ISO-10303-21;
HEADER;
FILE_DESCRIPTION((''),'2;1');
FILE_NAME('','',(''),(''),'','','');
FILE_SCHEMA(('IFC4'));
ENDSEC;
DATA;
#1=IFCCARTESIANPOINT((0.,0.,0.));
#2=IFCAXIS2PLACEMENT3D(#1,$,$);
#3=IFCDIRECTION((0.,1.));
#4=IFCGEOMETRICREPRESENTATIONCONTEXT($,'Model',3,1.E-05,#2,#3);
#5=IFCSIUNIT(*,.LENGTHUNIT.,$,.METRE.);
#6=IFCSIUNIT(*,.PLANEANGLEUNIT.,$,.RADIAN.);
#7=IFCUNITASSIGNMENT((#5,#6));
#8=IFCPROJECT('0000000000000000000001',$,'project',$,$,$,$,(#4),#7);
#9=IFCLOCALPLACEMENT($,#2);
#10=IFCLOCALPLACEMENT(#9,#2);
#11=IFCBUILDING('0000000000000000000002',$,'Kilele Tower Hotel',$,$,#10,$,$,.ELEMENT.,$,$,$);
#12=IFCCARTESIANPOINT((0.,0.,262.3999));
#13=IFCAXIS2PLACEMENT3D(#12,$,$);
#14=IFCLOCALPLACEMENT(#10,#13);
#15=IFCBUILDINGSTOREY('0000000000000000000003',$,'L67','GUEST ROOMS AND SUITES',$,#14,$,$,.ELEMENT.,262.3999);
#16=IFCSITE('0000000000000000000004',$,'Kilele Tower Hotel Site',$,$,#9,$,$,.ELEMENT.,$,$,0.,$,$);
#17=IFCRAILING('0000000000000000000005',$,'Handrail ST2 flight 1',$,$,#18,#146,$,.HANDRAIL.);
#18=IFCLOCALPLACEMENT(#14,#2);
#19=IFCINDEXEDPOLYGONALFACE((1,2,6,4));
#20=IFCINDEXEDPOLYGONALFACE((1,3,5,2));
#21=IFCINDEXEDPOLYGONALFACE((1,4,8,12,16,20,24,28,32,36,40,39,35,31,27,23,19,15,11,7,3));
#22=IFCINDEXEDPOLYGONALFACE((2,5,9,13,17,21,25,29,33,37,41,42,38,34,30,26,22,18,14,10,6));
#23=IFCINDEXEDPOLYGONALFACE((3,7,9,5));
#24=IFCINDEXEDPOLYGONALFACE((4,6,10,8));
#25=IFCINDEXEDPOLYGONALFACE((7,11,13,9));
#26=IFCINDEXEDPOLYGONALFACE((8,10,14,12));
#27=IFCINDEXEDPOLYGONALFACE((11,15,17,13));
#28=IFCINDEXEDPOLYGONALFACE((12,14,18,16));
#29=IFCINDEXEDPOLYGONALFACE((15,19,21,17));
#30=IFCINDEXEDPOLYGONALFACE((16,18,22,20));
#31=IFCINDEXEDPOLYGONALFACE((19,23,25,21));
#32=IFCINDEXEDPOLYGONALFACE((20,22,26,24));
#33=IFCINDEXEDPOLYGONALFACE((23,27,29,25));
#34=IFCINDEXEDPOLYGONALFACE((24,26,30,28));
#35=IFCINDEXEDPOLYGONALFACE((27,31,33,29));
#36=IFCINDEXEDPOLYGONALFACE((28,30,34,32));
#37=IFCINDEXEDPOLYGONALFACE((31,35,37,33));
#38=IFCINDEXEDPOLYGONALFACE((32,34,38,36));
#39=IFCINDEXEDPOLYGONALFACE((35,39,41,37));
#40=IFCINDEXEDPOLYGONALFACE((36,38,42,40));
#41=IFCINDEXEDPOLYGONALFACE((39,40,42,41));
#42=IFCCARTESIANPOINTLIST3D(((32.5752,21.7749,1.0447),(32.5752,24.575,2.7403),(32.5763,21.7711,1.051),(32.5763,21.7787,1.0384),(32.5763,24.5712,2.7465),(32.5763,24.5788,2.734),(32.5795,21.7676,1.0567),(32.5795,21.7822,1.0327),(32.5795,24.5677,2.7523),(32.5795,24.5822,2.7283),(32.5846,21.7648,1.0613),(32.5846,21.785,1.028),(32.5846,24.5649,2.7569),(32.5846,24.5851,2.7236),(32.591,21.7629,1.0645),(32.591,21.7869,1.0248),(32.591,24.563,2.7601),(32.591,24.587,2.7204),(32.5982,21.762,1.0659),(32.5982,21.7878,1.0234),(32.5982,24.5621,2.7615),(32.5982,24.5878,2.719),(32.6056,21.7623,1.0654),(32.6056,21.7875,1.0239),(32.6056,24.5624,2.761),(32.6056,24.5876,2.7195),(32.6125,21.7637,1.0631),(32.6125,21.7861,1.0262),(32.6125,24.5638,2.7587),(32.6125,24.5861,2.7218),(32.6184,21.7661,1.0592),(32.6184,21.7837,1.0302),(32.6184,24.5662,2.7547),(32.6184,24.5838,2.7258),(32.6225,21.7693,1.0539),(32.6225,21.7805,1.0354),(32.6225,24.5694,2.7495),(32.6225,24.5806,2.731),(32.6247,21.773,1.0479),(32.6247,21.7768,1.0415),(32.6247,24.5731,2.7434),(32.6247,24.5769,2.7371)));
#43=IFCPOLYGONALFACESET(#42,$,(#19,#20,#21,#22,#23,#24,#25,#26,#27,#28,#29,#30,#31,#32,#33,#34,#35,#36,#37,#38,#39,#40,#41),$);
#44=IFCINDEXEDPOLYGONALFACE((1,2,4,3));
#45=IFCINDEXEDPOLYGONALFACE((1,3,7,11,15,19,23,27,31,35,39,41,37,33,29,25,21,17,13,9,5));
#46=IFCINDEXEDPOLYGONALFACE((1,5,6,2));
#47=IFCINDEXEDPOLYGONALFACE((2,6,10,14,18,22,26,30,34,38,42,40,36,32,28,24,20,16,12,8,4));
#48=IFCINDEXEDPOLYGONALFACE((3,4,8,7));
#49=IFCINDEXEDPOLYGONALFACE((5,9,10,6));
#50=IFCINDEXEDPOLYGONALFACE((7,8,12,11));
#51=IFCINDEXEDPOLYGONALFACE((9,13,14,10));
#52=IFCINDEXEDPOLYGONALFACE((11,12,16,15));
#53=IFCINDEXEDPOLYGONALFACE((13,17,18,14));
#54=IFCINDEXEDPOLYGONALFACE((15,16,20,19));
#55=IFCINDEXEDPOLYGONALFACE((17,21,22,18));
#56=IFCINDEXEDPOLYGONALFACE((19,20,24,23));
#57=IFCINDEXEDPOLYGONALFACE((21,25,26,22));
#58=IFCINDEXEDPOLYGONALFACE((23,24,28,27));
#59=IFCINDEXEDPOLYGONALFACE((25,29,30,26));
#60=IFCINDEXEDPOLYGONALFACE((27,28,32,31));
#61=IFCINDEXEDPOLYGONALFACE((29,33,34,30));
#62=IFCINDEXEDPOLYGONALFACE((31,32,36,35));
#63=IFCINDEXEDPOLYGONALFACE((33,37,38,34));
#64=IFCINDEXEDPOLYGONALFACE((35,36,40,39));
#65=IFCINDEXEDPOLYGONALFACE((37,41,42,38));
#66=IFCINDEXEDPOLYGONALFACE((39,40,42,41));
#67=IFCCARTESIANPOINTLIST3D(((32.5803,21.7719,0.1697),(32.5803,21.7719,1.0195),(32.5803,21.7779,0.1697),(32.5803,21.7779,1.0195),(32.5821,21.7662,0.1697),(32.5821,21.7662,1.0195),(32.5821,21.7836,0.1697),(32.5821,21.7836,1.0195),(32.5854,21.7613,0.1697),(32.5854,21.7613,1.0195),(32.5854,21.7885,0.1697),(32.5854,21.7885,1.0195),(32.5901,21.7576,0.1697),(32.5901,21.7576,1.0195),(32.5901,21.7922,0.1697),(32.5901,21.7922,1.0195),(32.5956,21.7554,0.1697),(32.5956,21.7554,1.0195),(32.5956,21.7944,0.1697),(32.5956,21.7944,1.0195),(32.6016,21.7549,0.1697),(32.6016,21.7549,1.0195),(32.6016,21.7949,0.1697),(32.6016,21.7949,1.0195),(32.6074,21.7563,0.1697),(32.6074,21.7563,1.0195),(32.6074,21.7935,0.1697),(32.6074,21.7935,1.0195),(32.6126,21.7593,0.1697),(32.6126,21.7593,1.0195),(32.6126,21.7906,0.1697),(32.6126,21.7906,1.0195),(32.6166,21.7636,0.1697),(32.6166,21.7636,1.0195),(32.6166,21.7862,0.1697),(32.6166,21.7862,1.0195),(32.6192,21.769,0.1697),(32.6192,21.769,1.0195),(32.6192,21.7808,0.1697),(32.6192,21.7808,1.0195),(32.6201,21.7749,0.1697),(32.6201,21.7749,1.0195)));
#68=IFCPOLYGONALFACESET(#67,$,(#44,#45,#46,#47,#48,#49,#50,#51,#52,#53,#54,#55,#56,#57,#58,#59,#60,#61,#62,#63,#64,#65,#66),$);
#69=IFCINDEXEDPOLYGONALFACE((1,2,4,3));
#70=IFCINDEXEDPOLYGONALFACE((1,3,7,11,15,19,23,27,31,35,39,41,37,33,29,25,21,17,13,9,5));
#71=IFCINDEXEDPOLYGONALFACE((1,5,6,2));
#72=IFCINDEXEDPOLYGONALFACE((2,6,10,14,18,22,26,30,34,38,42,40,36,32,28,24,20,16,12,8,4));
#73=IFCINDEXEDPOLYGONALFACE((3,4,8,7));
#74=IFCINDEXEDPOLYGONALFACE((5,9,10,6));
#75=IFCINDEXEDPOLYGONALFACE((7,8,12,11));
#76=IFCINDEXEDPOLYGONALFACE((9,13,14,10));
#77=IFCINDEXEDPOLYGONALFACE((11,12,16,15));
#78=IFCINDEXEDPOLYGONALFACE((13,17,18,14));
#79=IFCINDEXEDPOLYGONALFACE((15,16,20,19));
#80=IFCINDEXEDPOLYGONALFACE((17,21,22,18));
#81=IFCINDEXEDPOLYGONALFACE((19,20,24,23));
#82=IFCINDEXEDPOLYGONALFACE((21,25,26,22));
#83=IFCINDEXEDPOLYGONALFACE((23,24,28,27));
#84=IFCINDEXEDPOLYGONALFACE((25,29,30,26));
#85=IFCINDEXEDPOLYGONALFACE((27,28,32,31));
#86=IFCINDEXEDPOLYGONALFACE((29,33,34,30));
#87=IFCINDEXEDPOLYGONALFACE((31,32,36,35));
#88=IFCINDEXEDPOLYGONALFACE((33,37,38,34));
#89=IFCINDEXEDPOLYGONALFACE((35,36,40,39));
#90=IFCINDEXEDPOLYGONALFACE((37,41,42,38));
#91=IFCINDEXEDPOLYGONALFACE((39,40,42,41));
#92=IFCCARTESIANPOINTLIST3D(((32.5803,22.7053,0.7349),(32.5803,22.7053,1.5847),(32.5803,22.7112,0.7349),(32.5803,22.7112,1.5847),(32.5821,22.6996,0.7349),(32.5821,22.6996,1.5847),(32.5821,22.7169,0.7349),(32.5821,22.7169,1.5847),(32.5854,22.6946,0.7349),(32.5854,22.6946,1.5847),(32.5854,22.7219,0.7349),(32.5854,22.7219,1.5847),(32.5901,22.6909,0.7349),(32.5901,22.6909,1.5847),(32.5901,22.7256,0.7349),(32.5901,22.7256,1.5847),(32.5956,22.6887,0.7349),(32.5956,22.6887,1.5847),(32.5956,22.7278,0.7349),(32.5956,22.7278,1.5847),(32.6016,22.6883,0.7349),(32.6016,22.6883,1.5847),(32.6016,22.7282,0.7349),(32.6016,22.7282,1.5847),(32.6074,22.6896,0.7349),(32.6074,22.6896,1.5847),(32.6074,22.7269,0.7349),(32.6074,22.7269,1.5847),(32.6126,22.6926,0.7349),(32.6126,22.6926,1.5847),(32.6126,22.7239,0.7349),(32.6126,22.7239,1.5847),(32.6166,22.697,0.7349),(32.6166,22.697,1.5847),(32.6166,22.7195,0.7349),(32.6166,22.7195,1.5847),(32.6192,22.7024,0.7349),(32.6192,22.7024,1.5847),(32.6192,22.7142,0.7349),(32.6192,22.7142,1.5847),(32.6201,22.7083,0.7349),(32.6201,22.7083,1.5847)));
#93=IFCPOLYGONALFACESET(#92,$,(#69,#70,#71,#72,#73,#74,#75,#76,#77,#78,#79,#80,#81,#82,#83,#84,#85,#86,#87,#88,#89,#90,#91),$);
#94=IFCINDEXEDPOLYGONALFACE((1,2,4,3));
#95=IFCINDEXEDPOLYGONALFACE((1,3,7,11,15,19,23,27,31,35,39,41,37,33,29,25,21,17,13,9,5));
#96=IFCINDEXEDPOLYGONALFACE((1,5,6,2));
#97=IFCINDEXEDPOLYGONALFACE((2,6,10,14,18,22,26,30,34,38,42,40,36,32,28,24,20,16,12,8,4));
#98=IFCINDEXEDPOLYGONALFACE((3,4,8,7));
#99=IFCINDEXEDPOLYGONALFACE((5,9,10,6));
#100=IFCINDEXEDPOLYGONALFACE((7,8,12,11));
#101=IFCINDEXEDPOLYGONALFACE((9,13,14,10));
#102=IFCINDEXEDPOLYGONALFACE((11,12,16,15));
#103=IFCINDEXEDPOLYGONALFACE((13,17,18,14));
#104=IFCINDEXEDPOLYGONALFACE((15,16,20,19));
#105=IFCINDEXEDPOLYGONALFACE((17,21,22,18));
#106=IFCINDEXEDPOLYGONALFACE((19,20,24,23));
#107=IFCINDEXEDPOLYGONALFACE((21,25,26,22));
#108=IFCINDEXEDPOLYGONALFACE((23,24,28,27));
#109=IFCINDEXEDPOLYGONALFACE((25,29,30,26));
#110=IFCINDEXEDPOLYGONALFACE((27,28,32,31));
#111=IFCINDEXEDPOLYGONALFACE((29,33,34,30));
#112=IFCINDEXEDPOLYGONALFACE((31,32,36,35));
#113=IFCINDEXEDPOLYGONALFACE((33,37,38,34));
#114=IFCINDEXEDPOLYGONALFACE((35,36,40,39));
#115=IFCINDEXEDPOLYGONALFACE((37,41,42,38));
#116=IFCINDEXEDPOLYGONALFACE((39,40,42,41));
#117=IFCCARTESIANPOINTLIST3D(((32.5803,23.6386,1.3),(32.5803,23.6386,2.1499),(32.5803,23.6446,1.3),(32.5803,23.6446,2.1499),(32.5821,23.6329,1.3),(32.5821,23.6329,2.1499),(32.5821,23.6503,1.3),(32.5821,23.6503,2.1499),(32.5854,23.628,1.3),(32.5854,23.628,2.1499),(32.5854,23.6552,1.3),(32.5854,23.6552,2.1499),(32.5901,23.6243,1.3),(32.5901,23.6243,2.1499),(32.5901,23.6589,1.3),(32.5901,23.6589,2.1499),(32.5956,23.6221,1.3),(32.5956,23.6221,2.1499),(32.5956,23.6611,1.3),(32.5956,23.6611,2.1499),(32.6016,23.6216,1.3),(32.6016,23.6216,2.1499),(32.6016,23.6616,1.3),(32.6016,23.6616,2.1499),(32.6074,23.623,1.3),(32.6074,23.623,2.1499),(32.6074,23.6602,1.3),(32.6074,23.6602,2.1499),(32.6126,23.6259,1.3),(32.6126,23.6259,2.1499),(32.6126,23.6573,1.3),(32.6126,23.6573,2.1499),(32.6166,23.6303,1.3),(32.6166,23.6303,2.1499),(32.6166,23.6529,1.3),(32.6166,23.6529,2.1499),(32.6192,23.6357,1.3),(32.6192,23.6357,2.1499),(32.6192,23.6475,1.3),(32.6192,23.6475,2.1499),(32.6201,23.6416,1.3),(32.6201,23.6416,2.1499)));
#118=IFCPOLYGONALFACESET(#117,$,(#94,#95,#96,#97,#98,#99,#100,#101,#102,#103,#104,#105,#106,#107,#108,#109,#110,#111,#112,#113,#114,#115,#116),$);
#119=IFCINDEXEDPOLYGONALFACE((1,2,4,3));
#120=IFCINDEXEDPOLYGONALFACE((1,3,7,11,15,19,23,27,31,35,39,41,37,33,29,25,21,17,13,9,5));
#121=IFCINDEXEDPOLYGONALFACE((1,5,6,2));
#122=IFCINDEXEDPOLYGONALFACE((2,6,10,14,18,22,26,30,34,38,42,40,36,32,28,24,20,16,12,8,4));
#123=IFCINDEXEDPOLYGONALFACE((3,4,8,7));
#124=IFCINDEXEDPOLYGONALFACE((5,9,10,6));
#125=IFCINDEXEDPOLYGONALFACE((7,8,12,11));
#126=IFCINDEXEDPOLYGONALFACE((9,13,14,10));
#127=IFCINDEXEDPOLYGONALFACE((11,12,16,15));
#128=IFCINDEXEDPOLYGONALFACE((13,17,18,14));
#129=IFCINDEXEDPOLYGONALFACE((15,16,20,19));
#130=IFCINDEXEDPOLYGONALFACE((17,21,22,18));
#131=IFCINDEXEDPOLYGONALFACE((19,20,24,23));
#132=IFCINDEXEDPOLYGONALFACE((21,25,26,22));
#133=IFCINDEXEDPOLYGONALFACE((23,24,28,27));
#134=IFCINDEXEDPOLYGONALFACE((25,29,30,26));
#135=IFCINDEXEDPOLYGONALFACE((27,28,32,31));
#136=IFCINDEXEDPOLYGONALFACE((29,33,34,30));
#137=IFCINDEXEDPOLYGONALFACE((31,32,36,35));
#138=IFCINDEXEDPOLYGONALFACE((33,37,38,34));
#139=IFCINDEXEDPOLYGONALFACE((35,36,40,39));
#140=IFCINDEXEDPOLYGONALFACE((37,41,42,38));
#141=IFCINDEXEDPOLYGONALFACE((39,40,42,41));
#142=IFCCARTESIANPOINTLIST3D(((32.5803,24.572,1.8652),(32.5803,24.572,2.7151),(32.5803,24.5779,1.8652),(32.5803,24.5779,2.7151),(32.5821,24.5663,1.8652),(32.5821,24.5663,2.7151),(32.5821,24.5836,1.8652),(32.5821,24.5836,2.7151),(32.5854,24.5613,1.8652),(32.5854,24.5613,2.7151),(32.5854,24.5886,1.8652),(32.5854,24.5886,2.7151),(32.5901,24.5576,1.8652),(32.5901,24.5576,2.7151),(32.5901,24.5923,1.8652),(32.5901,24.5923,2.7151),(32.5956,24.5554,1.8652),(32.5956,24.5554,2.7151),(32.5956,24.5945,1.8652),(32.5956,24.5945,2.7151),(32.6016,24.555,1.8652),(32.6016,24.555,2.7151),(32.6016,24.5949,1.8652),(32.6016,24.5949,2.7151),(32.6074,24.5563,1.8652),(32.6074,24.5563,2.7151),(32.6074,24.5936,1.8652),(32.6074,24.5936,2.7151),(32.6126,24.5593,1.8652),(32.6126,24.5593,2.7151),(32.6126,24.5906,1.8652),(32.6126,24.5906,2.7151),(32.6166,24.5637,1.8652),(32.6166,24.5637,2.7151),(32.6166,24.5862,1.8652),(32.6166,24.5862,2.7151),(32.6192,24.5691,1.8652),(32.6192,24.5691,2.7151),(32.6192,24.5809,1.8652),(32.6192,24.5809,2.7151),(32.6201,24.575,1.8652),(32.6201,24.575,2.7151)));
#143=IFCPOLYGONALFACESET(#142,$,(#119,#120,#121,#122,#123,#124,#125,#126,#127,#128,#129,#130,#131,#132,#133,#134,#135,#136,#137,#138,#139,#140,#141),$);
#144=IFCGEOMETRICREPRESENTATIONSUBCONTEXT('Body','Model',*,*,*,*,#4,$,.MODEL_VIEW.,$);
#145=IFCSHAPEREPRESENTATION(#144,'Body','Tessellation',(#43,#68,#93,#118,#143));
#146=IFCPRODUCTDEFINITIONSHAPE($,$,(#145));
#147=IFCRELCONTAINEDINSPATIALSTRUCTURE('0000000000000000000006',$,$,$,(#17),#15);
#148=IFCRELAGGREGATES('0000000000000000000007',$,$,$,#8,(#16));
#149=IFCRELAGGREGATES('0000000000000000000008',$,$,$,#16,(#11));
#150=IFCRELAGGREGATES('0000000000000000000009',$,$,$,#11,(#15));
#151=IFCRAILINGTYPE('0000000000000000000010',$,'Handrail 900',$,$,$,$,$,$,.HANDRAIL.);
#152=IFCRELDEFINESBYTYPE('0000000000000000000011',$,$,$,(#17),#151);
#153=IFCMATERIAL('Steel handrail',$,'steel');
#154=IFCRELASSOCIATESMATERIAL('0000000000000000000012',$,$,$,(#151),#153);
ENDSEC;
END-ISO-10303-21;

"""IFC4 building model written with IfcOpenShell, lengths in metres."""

from ifc_helpers import new_model, si_unit, direction, frame, origin, origin_2d, place, context, subcontext, project, spatial, circle, extrude, material, type_object, element, save


model = new_model("IFC4")

# Units and contexts
model_context = context("Model", 3, precision=1e-05, world=origin(), true_north=direction((0.0, 1.0)))
body_context = subcontext(model_context, "Body", "Model", "MODEL_VIEW")
ifc_project = project(units=[si_unit("LENGTHUNIT", "METRE"), si_unit("PLANEANGLEUNIT", "RADIAN")], contexts=[model_context])

# Site, building, storey
site_placement = place(None, origin())
site = spatial("IfcSite", under=ifc_project, at=site_placement, Name="Kilele Tower Hotel Site", CompositionType="ELEMENT", RefElevation=0.0)
building_placement = place(site_placement, origin())
building = spatial("IfcBuilding", under=site, at=building_placement, Name="Kilele Tower Hotel", CompositionType="ELEMENT")
storey_placement = place(building_placement, frame((0.0, 0.0, 262.3999)))
storey = spatial("IfcBuildingStorey", under=building, at=storey_placement, Name="L67", Description="GUEST ROOMS AND SUITES", CompositionType="ELEMENT", Elevation=262.3999)

# Railing
ifc_material_1 = material(Name="Steel handrail", Category="steel")
railing_type_1 = type_object("IfcRailingType", Name="Handrail 900", PredefinedType="HANDRAIL", material=ifc_material_1)
for number, where, name in (
    (1, (32.6001, 21.7749, 0.1697), "Handrail ST2 flight 1"),
):
    element("IfcRailing", number, at=place(storey_placement, frame(where)), inside=storey, type_object=railing_type_1, Name=name, PredefinedType="HANDRAIL", context=body_context, shape_type="SweptSolid", body=[
        extrude(circle(Radius=0.0249, at=origin_2d()), frame((0.0, 0.0, 0.875), z_axis=(0.0, 0.855393, 0.517979), x_axis=(-1.0, 0.0, 0.0)), (0.0, 0.0, 1.0), 3.2734),
        extrude(circle(Radius=0.02, at=origin_2d()), origin(), (0.0, 0.0, 1.0), 0.8499),
        extrude(circle(Radius=0.02, at=origin_2d()), frame((0.0, 0.9333, 0.5652)), (0.0, 0.0, 1.0), 0.8499),
        extrude(circle(Radius=0.02, at=origin_2d()), frame((0.0, 1.8667, 1.1304)), (0.0, 0.0, 1.0), 0.8499),
        extrude(circle(Radius=0.02, at=origin_2d()), frame((0.0, 2.8, 1.6956)), (0.0, 0.0, 1.0), 0.8499),
    ])

save(model, "model.ifc")
